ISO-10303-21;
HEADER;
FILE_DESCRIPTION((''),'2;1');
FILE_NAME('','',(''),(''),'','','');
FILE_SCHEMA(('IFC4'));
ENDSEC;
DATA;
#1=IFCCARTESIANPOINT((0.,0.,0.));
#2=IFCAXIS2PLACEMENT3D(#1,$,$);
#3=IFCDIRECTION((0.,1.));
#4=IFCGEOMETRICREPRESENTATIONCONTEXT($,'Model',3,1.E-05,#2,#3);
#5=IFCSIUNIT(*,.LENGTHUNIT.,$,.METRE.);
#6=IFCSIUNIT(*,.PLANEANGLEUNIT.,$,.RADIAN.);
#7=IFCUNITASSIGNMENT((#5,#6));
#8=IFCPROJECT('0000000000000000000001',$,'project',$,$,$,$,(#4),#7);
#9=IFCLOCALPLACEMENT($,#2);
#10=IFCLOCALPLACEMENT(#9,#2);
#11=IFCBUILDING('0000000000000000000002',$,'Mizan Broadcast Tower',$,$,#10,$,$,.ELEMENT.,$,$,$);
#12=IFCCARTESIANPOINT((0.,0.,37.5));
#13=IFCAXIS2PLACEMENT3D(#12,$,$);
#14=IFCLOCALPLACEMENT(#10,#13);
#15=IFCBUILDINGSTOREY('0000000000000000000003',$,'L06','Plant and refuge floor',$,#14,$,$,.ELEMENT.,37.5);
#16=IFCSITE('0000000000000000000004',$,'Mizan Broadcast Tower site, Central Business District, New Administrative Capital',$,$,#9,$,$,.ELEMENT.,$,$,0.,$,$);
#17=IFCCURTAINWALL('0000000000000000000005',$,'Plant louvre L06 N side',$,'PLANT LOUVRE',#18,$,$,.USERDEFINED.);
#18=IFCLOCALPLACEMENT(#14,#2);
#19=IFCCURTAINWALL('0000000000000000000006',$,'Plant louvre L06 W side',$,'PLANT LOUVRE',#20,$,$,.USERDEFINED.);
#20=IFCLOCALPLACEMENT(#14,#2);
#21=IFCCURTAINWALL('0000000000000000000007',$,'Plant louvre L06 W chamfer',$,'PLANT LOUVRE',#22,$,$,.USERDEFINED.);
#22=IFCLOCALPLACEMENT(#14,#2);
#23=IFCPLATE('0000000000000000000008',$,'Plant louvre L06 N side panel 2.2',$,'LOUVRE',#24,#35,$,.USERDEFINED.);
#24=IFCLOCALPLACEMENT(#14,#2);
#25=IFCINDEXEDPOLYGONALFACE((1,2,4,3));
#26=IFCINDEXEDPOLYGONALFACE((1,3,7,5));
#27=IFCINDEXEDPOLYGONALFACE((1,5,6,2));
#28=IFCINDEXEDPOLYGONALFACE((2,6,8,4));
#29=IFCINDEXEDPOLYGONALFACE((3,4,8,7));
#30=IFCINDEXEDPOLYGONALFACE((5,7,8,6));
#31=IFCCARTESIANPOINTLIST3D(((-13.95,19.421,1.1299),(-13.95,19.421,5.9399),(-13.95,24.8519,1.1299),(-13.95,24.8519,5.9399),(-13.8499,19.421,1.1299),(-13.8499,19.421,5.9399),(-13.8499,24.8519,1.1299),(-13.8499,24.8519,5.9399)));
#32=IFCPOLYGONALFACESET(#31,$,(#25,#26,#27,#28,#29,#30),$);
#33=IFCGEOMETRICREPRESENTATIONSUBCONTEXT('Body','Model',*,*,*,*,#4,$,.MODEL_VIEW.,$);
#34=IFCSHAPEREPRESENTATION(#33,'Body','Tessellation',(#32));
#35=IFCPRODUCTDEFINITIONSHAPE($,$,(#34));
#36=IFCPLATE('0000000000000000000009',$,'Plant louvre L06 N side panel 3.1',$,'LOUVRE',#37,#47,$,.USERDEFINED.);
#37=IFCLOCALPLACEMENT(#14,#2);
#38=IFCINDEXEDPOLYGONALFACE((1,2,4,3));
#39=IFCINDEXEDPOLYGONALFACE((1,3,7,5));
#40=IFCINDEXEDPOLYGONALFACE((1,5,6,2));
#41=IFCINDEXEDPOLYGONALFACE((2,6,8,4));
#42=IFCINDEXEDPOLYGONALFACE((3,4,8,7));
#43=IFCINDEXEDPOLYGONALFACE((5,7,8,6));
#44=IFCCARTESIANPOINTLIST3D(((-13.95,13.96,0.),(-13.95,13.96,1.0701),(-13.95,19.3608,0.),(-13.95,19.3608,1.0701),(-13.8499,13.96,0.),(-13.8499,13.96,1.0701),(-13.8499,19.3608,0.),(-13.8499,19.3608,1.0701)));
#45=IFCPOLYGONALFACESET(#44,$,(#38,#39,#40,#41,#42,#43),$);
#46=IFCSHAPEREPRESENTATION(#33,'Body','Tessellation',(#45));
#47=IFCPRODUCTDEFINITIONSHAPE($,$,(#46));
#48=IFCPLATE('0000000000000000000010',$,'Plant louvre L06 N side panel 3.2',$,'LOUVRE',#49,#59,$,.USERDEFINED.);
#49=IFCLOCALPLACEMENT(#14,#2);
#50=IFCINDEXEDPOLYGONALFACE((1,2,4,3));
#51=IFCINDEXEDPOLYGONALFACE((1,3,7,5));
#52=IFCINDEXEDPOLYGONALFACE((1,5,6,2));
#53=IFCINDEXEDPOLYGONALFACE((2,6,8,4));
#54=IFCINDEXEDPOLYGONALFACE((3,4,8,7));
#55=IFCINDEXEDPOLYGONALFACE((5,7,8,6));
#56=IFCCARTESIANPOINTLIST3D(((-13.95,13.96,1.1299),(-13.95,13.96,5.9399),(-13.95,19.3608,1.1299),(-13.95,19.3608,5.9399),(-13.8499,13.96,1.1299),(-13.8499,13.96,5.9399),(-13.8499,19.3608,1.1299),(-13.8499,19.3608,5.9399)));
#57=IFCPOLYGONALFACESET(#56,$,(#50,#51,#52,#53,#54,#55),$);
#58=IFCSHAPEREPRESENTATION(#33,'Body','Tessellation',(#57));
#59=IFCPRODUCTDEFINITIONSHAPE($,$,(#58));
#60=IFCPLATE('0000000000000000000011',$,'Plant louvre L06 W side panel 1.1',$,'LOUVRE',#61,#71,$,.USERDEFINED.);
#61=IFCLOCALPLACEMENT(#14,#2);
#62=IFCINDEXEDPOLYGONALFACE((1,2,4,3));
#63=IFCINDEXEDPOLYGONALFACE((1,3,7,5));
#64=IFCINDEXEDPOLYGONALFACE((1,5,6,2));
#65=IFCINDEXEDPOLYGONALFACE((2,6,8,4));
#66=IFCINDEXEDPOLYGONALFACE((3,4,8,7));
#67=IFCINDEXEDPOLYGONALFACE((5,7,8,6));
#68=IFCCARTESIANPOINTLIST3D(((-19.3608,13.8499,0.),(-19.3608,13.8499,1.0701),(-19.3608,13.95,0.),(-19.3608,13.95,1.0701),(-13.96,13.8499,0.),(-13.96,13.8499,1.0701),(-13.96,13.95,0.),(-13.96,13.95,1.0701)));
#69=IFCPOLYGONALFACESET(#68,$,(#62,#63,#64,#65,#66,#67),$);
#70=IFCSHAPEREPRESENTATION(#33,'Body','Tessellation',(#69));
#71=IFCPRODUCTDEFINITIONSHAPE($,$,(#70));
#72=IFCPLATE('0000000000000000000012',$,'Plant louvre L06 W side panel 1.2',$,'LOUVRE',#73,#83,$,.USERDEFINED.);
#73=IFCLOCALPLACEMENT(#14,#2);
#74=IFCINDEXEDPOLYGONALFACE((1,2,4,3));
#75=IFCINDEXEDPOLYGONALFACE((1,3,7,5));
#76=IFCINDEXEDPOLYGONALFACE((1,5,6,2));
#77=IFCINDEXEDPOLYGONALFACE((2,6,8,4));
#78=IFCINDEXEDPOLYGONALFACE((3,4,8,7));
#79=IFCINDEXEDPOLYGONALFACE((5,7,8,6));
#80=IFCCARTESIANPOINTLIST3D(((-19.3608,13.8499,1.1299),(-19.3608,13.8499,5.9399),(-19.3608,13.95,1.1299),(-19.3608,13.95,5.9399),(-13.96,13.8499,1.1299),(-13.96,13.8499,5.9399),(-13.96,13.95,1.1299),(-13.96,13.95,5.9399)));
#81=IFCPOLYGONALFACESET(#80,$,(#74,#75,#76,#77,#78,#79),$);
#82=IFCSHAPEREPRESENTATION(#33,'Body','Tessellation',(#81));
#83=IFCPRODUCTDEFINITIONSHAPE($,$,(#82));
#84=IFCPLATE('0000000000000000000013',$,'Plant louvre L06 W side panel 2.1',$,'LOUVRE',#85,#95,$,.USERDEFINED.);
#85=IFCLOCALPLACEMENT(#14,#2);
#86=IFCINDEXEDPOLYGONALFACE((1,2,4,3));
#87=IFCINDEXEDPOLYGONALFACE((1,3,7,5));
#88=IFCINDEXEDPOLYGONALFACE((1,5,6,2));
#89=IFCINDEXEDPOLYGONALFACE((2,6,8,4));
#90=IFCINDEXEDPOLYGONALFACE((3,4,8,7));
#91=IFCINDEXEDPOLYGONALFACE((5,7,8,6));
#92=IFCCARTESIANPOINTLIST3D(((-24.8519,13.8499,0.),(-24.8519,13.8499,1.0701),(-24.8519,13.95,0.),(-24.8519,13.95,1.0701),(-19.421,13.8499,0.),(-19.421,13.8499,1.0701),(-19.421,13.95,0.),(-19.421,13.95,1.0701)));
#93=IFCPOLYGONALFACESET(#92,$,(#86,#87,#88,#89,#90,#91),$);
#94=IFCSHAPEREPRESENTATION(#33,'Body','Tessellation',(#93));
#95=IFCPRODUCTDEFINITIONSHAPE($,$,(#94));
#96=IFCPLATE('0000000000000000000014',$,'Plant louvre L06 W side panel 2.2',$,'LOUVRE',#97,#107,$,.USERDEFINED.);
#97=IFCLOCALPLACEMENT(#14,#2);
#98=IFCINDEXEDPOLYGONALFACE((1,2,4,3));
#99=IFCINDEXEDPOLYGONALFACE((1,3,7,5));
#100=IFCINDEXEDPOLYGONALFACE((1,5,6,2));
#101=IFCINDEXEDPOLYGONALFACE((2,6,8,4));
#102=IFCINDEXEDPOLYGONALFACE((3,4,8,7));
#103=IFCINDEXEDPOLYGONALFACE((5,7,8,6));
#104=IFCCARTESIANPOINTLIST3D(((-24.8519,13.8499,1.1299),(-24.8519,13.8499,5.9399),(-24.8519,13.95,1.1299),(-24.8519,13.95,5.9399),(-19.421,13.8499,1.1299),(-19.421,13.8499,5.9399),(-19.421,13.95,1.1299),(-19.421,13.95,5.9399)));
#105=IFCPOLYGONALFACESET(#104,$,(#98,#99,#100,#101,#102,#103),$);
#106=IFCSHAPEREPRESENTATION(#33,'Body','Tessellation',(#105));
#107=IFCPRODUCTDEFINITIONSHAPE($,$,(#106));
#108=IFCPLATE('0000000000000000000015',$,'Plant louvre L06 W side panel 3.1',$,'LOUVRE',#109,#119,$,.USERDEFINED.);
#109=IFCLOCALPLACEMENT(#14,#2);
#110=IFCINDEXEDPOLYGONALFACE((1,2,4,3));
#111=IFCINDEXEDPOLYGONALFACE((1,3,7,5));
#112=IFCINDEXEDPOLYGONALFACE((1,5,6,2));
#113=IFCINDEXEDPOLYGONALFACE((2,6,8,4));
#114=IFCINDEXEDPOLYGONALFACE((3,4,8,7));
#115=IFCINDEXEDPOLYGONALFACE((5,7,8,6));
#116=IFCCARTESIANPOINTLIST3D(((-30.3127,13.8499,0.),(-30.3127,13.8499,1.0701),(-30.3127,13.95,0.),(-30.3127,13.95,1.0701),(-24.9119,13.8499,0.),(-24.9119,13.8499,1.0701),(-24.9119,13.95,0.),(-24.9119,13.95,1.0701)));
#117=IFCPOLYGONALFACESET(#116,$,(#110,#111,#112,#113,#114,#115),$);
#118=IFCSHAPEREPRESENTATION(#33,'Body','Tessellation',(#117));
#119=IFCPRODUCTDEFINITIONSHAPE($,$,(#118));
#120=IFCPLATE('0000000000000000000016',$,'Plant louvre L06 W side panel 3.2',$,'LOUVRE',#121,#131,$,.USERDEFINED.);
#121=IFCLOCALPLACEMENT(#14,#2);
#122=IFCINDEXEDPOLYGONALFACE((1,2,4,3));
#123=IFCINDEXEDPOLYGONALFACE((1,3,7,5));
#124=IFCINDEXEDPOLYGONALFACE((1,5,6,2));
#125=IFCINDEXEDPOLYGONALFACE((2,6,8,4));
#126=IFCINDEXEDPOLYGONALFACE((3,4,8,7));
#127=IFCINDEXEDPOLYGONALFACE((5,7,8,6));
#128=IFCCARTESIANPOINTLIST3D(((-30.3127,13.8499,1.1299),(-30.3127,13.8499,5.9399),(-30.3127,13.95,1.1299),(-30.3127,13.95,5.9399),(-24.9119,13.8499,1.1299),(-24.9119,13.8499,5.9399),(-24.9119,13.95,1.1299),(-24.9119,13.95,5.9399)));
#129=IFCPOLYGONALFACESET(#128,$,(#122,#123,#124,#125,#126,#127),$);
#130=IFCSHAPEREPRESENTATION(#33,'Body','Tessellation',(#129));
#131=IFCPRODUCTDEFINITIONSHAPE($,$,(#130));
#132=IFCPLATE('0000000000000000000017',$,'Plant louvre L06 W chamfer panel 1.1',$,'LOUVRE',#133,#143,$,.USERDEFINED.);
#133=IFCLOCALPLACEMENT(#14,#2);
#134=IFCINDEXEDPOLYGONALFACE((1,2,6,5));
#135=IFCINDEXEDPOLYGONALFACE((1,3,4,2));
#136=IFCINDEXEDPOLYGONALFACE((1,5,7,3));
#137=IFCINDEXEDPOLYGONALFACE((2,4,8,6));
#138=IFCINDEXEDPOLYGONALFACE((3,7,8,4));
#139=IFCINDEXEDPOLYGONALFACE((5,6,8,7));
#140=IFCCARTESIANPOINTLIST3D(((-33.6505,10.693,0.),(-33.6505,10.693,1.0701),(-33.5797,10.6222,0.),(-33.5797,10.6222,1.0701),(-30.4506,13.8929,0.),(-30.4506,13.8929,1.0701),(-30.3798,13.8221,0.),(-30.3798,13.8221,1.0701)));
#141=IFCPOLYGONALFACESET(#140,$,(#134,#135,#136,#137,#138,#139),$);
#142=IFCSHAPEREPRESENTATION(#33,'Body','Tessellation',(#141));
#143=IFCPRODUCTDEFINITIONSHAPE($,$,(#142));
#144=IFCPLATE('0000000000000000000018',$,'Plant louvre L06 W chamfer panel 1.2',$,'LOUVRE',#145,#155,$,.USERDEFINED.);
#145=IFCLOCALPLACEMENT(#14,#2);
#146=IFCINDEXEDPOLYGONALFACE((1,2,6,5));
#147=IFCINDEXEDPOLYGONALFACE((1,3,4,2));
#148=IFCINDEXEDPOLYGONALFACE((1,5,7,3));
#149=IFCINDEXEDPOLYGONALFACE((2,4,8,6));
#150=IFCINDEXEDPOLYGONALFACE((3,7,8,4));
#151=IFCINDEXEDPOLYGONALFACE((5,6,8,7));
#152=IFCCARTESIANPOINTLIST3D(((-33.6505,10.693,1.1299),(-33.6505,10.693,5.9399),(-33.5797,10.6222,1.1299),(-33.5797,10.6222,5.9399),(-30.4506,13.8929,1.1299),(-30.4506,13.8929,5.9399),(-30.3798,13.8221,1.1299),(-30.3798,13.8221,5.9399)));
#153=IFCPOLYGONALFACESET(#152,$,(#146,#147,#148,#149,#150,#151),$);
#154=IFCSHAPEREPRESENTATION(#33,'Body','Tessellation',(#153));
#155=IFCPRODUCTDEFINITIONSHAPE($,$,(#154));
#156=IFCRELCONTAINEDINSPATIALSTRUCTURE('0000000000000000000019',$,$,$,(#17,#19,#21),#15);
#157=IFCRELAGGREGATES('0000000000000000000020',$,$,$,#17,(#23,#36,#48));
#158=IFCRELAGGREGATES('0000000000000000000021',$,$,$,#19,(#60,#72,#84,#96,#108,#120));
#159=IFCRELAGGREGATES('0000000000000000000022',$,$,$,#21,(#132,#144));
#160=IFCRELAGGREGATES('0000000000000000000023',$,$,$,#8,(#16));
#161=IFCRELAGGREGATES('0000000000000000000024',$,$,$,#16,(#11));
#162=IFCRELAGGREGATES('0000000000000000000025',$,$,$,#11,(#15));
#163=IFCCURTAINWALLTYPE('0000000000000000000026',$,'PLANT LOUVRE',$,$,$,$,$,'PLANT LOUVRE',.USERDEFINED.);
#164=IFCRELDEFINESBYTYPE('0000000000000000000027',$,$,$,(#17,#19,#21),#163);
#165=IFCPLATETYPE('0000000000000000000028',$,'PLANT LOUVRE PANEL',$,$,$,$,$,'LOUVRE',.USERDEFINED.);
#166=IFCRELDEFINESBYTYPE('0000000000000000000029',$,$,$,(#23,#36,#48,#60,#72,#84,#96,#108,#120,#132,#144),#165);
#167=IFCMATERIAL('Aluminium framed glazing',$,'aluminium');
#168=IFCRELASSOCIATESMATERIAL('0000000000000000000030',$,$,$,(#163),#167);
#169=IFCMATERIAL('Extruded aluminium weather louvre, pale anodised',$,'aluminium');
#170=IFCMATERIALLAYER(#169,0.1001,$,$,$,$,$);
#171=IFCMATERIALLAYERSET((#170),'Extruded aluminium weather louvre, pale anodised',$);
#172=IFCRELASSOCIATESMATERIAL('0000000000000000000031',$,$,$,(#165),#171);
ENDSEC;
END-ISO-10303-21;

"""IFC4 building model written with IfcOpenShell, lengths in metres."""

from ifc_helpers import new_model, si_unit, direction, frame, origin, origin_2d, place, context, subcontext, project, spatial, rectangle, extrude, material, layer, layer_set, type_object, element, aggregate, save


model = new_model("IFC4")

# Units and contexts
model_context = context("Model", 3, precision=1e-05, world=origin(), true_north=direction((0.0, 1.0)))
body_context = subcontext(model_context, "Body", "Model", "MODEL_VIEW")
ifc_project = project(units=[si_unit("LENGTHUNIT", "METRE"), si_unit("PLANEANGLEUNIT", "RADIAN")], contexts=[model_context])

# Site, building, storey
site_placement = place(None, origin())
site = spatial("IfcSite", under=ifc_project, at=site_placement, Name="Mizan Broadcast Tower site, Central Business District, New Administrative Capital", CompositionType="ELEMENT", RefElevation=0.0)
building_placement = place(site_placement, origin())
building = spatial("IfcBuilding", under=site, at=building_placement, Name="Mizan Broadcast Tower", CompositionType="ELEMENT")
storey_placement = place(building_placement, frame((0.0, 0.0, 37.5)))
storey = spatial("IfcBuildingStorey", under=building, at=storey_placement, Name="L06", Description="Plant and refuge floor", CompositionType="ELEMENT", Elevation=37.5)

# Curtain walls
ifc_material_1 = material(Name="Aluminium framed glazing", Category="aluminium")
curtain_wall_type = type_object("IfcCurtainWallType", Name="PLANT LOUVRE", ElementType="PLANT LOUVRE", PredefinedType="USERDEFINED", material=ifc_material_1)
curtain_wall_1_placement = place(storey_placement, origin())
curtain_wall_1 = element("IfcCurtainWall", 1, at=curtain_wall_1_placement, inside=storey, type_object=curtain_wall_type, Name="Plant louvre L06 N side", ObjectType="PLANT LOUVRE", PredefinedType="USERDEFINED")
curtain_wall_2_placement = place(storey_placement, origin())
curtain_wall_2 = element("IfcCurtainWall", 2, at=curtain_wall_2_placement, inside=storey, type_object=curtain_wall_type, Name="Plant louvre L06 W side", ObjectType="PLANT LOUVRE", PredefinedType="USERDEFINED")

# Curtain wall
curtain_wall_3_placement = place(storey_placement, origin())
curtain_wall_3 = element("IfcCurtainWall", 3, at=curtain_wall_3_placement, inside=storey, type_object=curtain_wall_type, Name="Plant louvre L06 W chamfer", ObjectType="PLANT LOUVRE", PredefinedType="USERDEFINED")

# Plates
ifc_material_2 = material(Name="Extruded aluminium weather louvre, pale anodised", Category="aluminium")
ifc_layer = layer(ifc_material_2, 0.1001)
ifc_layer_set = layer_set([ifc_layer], Name="Extruded aluminium weather louvre, pale anodised")
plate_type = type_object("IfcPlateType", Name="PLANT LOUVRE PANEL", ElementType="LOUVRE", PredefinedType="USERDEFINED", material=ifc_layer_set)
plate_1_placement = place(storey_placement, frame((-13.8999, 22.1365, 1.1299), z_axis=(0.0, 0.0, 1.0), x_axis=(0.0, -1.0, 0.0)))
plate_1 = element("IfcPlate", 4, at=plate_1_placement, type_object=plate_type, Name="Plant louvre L06 N side panel 2.2", ObjectType="LOUVRE", PredefinedType="USERDEFINED", context=body_context, shape_type="SweptSolid", body=[
    extrude(rectangle(XDim=5.4309, YDim=0.1001, at=origin_2d()), origin(), (0.0, 0.0, 1.0), 4.8101),
])
plate_2_placement = place(storey_placement, frame((-13.8999, 16.6604, 0.0), z_axis=(0.0, 0.0, 1.0), x_axis=(0.0, -1.0, 0.0)))
plate_2 = element("IfcPlate", 5, at=plate_2_placement, type_object=plate_type, Name="Plant louvre L06 N side panel 3.1", ObjectType="LOUVRE", PredefinedType="USERDEFINED", context=body_context, shape_type="SweptSolid", body=[
    extrude(rectangle(XDim=5.4009, YDim=0.1001, at=origin_2d()), origin(), (0.0, 0.0, 1.0), 1.0701),
])
plate_3_placement = place(storey_placement, frame((-13.8999, 16.6604, 1.1299), z_axis=(0.0, 0.0, 1.0), x_axis=(0.0, -1.0, 0.0)))
plate_3 = element("IfcPlate", 6, at=plate_3_placement, type_object=plate_type, Name="Plant louvre L06 N side panel 3.2", ObjectType="LOUVRE", PredefinedType="USERDEFINED", context=body_context, shape_type="SweptSolid", body=[
    extrude(rectangle(XDim=5.4009, YDim=0.1001, at=origin_2d()), origin(), (0.0, 0.0, 1.0), 4.8101),
])
aggregate(curtain_wall_1, [plate_1, plate_2, plate_3])
plate_4_placement = place(storey_placement, frame((-16.6604, 13.8999, 0.0), z_axis=(0.0, 0.0, 1.0), x_axis=(-1.0, 0.0, 0.0)))
plate_4 = element("IfcPlate", 7, at=plate_4_placement, type_object=plate_type, Name="Plant louvre L06 W side panel 1.1", ObjectType="LOUVRE", PredefinedType="USERDEFINED", context=body_context, shape_type="SweptSolid", body=[
    extrude(rectangle(XDim=5.4009, YDim=0.1001, at=origin_2d()), origin(), (0.0, 0.0, 1.0), 1.0701),
])
plate_5_placement = place(storey_placement, frame((-16.6604, 13.8999, 1.1299), z_axis=(0.0, 0.0, 1.0), x_axis=(-1.0, 0.0, 0.0)))
plate_5 = element("IfcPlate", 8, at=plate_5_placement, type_object=plate_type, Name="Plant louvre L06 W side panel 1.2", ObjectType="LOUVRE", PredefinedType="USERDEFINED", context=body_context, shape_type="SweptSolid", body=[
    extrude(rectangle(XDim=5.4009, YDim=0.1001, at=origin_2d()), origin(), (0.0, 0.0, 1.0), 4.8101),
])
plate_6_placement = place(storey_placement, frame((-22.1365, 13.8999, 0.0), z_axis=(0.0, 0.0, 1.0), x_axis=(-1.0, 0.0, 0.0)))
plate_6 = element("IfcPlate", 9, at=plate_6_placement, type_object=plate_type, Name="Plant louvre L06 W side panel 2.1", ObjectType="LOUVRE", PredefinedType="USERDEFINED", context=body_context, shape_type="SweptSolid", body=[
    extrude(rectangle(XDim=5.4309, YDim=0.1001, at=origin_2d()), origin(), (0.0, 0.0, 1.0), 1.0701),
])
plate_7_placement = place(storey_placement, frame((-22.1365, 13.8999, 1.1299), z_axis=(0.0, 0.0, 1.0), x_axis=(-1.0, 0.0, 0.0)))
plate_7 = element("IfcPlate", 10, at=plate_7_placement, type_object=plate_type, Name="Plant louvre L06 W side panel 2.2", ObjectType="LOUVRE", PredefinedType="USERDEFINED", context=body_context, shape_type="SweptSolid", body=[
    extrude(rectangle(XDim=5.4309, YDim=0.1001, at=origin_2d()), origin(), (0.0, 0.0, 1.0), 4.8101),
])
plate_8_placement = place(storey_placement, frame((-27.6123, 13.8999, 0.0), z_axis=(0.0, 0.0, 1.0), x_axis=(-1.0, 0.0, 0.0)))
plate_8 = element("IfcPlate", 11, at=plate_8_placement, type_object=plate_type, Name="Plant louvre L06 W side panel 3.1", ObjectType="LOUVRE", PredefinedType="USERDEFINED", context=body_context, shape_type="SweptSolid", body=[
    extrude(rectangle(XDim=5.4009, YDim=0.1001, at=origin_2d()), origin(), (0.0, 0.0, 1.0), 1.0701),
])
plate_9_placement = place(storey_placement, frame((-27.6123, 13.8999, 1.1299), z_axis=(0.0, 0.0, 1.0), x_axis=(-1.0, 0.0, 0.0)))
plate_9 = element("IfcPlate", 12, at=plate_9_placement, type_object=plate_type, Name="Plant louvre L06 W side panel 3.2", ObjectType="LOUVRE", PredefinedType="USERDEFINED", context=body_context, shape_type="SweptSolid", body=[
    extrude(rectangle(XDim=5.4009, YDim=0.1001, at=origin_2d()), origin(), (0.0, 0.0, 1.0), 4.8101),
])
aggregate(curtain_wall_2, [plate_4, plate_5, plate_6, plate_7, plate_8, plate_9])
plate_10_placement = place(storey_placement, frame((-32.0151, 12.2576, 0.0), z_axis=(0.0, 0.0, 1.0), x_axis=(-0.707107, -0.707107, 0.0)))
plate_10 = element("IfcPlate", 13, at=plate_10_placement, type_object=plate_type, Name="Plant louvre L06 W chamfer panel 1.1", ObjectType="LOUVRE", PredefinedType="USERDEFINED", context=body_context, shape_type="SweptSolid", body=[
    extrude(rectangle(XDim=4.5254, YDim=0.1001, at=origin_2d()), origin(), (0.0, 0.0, 1.0), 1.0701),
])
plate_11_placement = place(storey_placement, frame((-32.0151, 12.2576, 1.1299), z_axis=(0.0, 0.0, 1.0), x_axis=(-0.707107, -0.707107, 0.0)))
plate_11 = element("IfcPlate", 14, at=plate_11_placement, type_object=plate_type, Name="Plant louvre L06 W chamfer panel 1.2", ObjectType="LOUVRE", PredefinedType="USERDEFINED", context=body_context, shape_type="SweptSolid", body=[
    extrude(rectangle(XDim=4.5254, YDim=0.1001, at=origin_2d()), origin(), (0.0, 0.0, 1.0), 4.8101),
])
aggregate(curtain_wall_3, [plate_10, plate_11])

save(model, "model.ifc")
